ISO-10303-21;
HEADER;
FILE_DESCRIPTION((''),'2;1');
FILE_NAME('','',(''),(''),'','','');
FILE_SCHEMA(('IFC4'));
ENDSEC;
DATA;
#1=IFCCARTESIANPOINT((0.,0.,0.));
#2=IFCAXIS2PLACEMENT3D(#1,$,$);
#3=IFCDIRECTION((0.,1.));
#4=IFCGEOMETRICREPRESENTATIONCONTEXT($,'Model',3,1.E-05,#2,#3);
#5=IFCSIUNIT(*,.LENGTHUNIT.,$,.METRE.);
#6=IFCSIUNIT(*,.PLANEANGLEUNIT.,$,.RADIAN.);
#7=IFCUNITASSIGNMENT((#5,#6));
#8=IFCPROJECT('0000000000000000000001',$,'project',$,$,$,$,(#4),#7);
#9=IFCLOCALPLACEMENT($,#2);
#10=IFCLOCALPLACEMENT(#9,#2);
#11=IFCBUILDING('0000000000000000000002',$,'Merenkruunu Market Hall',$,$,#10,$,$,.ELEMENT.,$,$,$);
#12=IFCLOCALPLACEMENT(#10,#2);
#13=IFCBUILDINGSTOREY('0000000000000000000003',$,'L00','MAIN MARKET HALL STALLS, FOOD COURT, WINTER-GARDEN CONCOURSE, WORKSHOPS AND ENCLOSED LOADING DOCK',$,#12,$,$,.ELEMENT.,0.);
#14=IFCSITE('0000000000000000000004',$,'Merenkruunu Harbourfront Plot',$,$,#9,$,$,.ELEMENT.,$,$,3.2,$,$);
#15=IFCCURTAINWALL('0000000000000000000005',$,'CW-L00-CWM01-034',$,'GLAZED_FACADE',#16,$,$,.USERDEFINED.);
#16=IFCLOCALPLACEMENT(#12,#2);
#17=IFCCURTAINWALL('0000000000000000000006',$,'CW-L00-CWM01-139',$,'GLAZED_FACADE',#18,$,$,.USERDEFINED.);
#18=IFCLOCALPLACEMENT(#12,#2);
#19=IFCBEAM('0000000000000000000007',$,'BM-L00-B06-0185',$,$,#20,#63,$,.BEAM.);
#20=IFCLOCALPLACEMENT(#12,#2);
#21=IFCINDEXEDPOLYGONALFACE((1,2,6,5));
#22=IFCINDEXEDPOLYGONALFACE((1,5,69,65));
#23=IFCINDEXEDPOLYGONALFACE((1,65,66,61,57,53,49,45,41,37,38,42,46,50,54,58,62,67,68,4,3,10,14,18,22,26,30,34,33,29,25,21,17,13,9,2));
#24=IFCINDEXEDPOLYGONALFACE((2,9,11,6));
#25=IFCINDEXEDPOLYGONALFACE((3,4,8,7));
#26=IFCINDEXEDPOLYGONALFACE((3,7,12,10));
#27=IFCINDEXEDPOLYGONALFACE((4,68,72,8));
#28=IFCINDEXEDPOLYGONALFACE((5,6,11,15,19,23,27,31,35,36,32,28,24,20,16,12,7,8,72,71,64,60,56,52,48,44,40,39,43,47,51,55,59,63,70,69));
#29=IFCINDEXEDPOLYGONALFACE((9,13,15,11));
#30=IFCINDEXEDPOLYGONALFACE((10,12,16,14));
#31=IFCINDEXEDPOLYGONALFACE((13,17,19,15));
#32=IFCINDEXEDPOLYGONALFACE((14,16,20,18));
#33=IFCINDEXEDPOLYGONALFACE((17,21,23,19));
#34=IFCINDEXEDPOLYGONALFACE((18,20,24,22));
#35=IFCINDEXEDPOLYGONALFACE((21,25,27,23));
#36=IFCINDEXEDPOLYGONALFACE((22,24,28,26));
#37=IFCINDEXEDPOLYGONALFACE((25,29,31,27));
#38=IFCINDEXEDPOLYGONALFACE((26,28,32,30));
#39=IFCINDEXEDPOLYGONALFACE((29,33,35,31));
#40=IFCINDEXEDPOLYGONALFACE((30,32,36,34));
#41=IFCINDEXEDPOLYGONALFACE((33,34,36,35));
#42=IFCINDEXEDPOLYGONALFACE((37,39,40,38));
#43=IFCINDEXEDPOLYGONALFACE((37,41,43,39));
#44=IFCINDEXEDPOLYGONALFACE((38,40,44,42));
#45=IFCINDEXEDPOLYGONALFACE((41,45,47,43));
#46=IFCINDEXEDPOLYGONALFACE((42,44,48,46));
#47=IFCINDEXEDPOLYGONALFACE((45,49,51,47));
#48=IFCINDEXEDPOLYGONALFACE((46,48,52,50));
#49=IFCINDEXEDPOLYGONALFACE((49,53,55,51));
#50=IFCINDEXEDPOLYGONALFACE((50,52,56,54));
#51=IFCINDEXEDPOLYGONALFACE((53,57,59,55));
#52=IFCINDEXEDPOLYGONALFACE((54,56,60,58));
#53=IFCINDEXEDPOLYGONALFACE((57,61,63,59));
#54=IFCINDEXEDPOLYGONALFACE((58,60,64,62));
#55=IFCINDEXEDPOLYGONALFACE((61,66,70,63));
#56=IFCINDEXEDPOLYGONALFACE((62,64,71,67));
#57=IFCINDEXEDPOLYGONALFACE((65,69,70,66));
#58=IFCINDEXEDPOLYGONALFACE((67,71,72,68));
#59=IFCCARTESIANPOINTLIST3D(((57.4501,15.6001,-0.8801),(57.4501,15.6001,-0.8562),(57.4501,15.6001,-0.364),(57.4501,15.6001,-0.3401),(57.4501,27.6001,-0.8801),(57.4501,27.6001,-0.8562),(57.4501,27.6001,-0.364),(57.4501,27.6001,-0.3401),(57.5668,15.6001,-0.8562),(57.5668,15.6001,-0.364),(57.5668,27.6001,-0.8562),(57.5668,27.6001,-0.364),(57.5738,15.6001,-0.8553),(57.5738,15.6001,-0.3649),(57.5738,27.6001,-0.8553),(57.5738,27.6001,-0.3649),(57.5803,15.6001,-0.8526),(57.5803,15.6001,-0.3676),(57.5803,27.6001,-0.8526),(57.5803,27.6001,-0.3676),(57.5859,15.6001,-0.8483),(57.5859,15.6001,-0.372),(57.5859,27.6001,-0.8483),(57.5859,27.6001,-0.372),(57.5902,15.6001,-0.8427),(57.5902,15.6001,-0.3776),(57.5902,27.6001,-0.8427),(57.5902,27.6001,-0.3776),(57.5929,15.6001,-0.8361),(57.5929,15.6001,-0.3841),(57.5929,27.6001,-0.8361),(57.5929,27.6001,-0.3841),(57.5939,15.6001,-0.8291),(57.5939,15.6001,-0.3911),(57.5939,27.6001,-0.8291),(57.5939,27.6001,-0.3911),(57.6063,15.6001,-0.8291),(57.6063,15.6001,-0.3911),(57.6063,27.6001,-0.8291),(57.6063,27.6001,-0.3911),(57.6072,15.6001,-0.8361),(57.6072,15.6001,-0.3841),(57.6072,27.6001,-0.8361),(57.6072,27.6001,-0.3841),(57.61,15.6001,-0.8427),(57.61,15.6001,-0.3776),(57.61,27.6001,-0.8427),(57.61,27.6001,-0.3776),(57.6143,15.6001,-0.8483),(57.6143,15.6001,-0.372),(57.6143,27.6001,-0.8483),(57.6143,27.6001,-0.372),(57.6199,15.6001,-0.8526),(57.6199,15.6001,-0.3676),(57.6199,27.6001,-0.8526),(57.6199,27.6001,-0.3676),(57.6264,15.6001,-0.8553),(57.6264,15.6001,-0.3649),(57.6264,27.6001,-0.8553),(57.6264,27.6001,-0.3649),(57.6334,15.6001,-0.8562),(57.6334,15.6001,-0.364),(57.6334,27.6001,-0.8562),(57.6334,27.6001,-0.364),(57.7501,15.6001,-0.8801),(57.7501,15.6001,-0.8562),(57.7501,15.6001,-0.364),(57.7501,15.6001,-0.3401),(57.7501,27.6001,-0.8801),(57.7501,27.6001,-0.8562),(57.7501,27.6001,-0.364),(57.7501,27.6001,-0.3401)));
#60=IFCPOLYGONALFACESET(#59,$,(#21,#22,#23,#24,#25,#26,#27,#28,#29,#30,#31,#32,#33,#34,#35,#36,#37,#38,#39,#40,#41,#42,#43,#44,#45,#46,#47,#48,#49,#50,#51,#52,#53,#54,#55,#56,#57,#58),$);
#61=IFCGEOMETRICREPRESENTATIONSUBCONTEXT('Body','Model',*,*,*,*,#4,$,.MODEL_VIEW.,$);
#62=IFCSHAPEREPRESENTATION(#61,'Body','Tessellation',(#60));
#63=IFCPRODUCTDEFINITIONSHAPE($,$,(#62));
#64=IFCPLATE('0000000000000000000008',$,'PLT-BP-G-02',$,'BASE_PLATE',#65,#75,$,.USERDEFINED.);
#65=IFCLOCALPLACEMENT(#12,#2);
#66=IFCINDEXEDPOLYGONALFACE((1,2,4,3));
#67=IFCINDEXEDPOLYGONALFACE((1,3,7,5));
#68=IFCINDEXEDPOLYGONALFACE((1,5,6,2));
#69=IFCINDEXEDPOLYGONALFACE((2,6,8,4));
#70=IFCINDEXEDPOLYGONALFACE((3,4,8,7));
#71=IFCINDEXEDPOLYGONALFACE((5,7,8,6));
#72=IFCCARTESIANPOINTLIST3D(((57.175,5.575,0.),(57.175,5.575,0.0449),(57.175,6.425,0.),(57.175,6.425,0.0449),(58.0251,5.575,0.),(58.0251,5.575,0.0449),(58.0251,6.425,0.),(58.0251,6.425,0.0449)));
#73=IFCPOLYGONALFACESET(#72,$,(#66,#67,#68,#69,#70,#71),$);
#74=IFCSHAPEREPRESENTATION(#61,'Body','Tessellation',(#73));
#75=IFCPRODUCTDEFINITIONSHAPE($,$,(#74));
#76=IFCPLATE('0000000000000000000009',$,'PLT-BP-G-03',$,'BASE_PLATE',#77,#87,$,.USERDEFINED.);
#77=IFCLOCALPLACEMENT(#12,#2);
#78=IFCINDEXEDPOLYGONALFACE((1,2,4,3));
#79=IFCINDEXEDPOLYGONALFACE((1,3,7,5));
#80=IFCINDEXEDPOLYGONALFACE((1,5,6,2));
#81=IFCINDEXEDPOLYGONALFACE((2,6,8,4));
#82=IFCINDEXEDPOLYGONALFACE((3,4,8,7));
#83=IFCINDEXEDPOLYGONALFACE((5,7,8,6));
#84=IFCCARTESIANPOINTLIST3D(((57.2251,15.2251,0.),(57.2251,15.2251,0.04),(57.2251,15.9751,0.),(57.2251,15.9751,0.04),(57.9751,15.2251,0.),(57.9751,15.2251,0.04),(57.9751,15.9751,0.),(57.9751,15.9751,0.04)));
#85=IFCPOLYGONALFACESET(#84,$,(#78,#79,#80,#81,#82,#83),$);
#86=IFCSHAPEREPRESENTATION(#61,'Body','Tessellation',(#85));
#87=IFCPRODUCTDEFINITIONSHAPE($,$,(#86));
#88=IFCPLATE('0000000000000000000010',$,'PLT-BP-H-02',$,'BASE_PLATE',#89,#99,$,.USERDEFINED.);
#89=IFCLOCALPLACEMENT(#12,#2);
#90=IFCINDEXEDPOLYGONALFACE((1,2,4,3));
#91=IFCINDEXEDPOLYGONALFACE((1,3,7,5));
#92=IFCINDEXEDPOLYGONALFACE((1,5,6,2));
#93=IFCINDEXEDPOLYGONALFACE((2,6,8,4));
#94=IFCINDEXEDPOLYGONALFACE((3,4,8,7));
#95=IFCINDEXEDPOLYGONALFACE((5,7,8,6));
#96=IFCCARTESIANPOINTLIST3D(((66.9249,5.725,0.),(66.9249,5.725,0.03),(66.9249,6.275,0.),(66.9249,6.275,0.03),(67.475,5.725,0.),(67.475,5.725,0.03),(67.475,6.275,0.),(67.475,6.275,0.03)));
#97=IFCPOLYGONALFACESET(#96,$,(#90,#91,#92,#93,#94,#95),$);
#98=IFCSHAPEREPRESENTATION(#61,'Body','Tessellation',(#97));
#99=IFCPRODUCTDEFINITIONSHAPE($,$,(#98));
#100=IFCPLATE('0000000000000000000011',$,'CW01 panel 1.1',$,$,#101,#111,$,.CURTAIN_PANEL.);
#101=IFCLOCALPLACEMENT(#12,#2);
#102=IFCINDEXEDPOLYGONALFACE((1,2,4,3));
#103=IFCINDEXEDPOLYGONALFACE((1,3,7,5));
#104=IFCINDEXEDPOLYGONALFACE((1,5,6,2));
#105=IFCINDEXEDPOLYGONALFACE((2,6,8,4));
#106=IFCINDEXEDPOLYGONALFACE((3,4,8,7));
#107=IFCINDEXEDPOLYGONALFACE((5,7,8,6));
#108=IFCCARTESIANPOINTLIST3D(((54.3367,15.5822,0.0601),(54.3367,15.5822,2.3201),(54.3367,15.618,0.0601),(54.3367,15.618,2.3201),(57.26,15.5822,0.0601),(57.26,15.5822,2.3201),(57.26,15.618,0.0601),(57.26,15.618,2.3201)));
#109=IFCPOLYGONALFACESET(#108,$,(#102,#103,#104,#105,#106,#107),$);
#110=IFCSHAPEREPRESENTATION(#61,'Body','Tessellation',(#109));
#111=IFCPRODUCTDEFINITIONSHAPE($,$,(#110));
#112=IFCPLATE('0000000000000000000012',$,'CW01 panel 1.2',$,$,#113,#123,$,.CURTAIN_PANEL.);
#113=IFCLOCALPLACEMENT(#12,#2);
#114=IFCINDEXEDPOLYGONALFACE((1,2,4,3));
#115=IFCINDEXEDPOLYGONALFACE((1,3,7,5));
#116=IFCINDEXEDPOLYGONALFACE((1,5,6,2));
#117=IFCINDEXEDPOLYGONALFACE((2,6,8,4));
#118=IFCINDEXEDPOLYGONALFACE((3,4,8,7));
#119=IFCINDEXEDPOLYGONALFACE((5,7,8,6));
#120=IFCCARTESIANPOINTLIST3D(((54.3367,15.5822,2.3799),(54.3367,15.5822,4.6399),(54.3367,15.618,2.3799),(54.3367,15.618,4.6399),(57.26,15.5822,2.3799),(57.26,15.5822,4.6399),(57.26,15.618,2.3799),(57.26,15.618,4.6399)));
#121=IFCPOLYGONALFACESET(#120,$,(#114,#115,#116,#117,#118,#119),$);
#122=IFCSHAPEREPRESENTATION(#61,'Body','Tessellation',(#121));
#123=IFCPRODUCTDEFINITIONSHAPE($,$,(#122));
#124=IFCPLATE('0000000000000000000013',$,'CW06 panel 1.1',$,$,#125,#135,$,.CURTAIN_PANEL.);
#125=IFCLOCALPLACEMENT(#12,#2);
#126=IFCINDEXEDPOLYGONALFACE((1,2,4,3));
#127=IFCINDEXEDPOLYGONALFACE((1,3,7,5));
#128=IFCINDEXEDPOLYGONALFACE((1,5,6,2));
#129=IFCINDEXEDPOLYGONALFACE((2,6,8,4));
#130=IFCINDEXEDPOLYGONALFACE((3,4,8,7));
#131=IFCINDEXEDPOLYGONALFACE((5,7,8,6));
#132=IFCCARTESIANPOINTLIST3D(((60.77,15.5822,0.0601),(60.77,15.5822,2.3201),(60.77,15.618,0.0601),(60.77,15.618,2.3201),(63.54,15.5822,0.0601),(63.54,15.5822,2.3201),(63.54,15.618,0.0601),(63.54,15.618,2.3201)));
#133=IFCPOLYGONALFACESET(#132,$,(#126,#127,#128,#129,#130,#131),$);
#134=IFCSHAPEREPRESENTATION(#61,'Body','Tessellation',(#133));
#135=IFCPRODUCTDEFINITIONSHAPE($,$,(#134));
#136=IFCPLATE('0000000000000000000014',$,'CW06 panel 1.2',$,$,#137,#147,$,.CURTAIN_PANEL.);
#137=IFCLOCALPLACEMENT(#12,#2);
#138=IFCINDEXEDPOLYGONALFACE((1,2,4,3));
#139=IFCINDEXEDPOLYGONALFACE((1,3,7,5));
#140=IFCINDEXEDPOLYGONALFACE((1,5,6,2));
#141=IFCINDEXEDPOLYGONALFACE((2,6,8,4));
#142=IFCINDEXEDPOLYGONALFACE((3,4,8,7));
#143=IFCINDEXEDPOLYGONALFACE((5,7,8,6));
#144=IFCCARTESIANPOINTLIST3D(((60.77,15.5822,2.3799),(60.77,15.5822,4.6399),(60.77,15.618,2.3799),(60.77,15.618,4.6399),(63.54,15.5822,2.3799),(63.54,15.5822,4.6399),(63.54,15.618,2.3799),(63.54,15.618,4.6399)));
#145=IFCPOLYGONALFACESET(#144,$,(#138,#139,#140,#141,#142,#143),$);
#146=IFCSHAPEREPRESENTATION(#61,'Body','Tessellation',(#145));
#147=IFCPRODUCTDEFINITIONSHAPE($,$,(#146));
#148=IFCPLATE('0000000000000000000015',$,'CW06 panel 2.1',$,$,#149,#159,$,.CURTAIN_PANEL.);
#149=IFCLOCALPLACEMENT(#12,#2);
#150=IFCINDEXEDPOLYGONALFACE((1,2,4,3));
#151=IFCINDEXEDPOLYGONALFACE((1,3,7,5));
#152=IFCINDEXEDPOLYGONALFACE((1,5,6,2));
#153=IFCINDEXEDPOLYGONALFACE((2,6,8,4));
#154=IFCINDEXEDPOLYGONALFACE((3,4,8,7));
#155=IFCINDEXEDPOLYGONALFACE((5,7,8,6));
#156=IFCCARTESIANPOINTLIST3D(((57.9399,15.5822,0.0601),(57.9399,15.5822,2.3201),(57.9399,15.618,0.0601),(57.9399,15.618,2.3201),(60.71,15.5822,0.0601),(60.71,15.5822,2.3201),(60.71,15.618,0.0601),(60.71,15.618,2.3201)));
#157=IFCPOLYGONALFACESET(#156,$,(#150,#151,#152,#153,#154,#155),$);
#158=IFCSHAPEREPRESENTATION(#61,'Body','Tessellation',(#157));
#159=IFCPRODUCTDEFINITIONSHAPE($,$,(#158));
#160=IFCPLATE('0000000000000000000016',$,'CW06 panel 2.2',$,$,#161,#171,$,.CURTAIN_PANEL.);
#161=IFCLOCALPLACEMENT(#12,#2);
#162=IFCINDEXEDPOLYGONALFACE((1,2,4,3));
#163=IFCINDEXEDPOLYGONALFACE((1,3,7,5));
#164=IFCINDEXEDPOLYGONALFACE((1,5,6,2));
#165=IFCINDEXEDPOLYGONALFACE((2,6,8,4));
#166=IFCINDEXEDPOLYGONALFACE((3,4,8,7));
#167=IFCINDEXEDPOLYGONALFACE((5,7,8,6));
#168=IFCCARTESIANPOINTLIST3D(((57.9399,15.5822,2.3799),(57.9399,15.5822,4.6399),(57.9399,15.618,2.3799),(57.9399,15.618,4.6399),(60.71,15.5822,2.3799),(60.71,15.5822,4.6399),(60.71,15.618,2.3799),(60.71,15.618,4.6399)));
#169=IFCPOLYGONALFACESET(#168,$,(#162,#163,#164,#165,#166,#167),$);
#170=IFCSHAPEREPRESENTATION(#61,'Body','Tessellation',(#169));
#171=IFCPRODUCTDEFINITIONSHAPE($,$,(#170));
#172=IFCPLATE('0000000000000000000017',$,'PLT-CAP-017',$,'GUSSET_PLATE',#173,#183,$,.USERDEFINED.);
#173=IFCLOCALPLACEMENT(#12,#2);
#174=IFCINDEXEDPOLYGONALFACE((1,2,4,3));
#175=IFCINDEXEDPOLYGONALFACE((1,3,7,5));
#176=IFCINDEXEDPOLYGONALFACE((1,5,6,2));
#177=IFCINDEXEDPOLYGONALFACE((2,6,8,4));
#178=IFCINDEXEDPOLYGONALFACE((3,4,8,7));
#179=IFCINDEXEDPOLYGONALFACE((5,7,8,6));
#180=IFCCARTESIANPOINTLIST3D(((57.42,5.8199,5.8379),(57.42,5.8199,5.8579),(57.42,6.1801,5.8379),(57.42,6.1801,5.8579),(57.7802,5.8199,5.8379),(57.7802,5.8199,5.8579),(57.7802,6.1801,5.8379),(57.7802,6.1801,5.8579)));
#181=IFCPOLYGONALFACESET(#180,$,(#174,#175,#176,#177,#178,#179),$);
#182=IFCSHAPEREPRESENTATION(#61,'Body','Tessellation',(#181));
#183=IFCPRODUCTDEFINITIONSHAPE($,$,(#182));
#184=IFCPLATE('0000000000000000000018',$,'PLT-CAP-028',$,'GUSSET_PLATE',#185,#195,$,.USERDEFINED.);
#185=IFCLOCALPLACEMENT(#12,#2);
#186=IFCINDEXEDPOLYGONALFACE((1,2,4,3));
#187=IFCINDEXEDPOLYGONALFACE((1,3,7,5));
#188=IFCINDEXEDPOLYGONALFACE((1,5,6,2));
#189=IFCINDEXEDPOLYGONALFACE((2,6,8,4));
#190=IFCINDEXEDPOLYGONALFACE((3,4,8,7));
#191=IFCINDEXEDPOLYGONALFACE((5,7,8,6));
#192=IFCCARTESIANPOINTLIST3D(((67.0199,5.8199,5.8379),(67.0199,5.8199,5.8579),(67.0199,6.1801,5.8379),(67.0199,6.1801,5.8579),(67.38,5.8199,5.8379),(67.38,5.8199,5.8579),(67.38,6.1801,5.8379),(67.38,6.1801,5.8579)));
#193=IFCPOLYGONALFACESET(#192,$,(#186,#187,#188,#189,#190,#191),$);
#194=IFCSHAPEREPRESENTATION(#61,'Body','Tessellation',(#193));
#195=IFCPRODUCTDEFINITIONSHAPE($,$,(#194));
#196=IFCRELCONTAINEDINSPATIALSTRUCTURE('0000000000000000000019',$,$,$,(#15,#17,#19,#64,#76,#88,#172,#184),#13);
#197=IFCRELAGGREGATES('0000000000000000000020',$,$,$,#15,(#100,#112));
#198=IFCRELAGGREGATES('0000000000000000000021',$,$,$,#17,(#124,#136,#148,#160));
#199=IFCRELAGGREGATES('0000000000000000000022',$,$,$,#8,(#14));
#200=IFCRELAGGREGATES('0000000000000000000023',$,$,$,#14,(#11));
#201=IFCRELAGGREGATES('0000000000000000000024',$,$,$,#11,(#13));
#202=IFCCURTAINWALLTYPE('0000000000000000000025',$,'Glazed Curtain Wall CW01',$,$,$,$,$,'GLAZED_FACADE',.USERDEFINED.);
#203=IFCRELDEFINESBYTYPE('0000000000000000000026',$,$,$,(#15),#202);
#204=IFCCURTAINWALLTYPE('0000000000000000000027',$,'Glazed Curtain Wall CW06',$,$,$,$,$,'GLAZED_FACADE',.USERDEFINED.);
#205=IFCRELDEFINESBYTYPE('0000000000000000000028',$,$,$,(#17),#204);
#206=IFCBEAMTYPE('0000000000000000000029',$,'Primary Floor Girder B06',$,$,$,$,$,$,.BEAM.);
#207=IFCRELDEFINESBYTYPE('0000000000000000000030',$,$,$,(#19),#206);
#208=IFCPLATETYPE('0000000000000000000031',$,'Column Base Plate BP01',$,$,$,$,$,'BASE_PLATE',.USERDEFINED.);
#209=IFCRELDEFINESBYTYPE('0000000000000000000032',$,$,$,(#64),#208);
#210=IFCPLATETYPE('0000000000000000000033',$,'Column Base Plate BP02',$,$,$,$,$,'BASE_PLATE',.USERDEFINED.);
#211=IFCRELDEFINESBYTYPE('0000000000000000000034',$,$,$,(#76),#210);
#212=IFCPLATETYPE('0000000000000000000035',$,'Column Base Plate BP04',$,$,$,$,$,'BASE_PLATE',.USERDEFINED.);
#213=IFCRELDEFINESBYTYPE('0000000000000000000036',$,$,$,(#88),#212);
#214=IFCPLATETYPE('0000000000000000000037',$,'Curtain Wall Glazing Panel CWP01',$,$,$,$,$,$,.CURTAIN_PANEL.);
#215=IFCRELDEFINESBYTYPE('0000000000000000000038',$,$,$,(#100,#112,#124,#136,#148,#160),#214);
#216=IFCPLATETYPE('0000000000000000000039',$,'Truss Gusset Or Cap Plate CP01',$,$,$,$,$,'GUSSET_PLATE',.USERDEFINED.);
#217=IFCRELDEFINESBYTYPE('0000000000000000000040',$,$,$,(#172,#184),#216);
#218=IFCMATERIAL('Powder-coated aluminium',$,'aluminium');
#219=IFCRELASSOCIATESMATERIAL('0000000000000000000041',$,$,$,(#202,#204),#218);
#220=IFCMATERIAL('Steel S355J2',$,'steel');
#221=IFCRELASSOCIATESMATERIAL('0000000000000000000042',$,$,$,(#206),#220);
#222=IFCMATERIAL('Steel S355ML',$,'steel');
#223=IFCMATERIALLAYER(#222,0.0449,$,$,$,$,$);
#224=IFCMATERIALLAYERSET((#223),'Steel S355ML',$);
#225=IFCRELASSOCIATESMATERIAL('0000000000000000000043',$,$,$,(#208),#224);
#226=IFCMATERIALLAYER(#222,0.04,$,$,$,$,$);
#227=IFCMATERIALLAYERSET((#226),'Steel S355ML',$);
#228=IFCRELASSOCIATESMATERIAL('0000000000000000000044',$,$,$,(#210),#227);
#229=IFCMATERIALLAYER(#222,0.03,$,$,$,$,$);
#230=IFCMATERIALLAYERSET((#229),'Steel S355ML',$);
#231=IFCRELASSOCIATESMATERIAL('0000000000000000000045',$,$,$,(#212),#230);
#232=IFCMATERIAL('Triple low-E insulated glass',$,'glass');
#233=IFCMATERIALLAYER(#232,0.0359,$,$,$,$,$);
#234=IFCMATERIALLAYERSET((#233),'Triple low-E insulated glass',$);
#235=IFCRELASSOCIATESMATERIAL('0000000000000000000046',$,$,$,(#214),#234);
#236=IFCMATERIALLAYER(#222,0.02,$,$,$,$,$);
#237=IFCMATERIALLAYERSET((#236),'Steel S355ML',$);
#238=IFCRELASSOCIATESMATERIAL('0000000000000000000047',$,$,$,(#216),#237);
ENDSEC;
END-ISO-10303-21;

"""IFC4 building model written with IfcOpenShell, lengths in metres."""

from ifc_helpers import new_model, si_unit, direction, frame, origin, origin_2d, place, context, subcontext, project, spatial, rectangle, i_section, extrude, material, layer, layer_set, material_profile, profile_set, type_object, element, aggregate, save


model = new_model("IFC4")

# Units and contexts
model_context = context("Model", 3, precision=1e-05, world=origin(), true_north=direction((0.0, 1.0)))
body_context = subcontext(model_context, "Body", "Model", "MODEL_VIEW")
ifc_project = project(units=[si_unit("LENGTHUNIT", "METRE"), si_unit("PLANEANGLEUNIT", "RADIAN")], contexts=[model_context])

# Site, building, storey
site_placement = place(None, origin())
site = spatial("IfcSite", under=ifc_project, at=site_placement, Name="Merenkruunu Harbourfront Plot", CompositionType="ELEMENT", RefElevation=3.2)
building_placement = place(site_placement, origin())
building = spatial("IfcBuilding", under=site, at=building_placement, Name="Merenkruunu Market Hall", CompositionType="ELEMENT")
storey_placement = place(building_placement, origin())
storey = spatial("IfcBuildingStorey", under=building, at=storey_placement, Name="L00", Description="MAIN MARKET HALL STALLS, FOOD COURT, WINTER-GARDEN CONCOURSE, WORKSHOPS AND ENCLOSED LOADING DOCK", CompositionType="ELEMENT", Elevation=0.0)

# Shared definitions
ifc_material_1 = material(Name="Steel S355ML", Category="steel")

# Curtain walls
ifc_material_2 = material(Name="Powder-coated aluminium", Category="aluminium")
curtain_wall_type_1 = type_object("IfcCurtainWallType", Name="Glazed Curtain Wall CW01", ElementType="GLAZED_FACADE", PredefinedType="USERDEFINED", material=ifc_material_2)
curtain_wall_1_placement = place(storey_placement, origin())
curtain_wall_1 = element("IfcCurtainWall", 1, at=curtain_wall_1_placement, inside=storey, type_object=curtain_wall_type_1, Name="CW-L00-CWM01-034", ObjectType="GLAZED_FACADE", PredefinedType="USERDEFINED")
curtain_wall_type_2 = type_object("IfcCurtainWallType", Name="Glazed Curtain Wall CW06", ElementType="GLAZED_FACADE", PredefinedType="USERDEFINED", material=ifc_material_2)
curtain_wall_2_placement = place(storey_placement, origin())
curtain_wall_2 = element("IfcCurtainWall", 2, at=curtain_wall_2_placement, inside=storey, type_object=curtain_wall_type_2, Name="CW-L00-CWM01-139", ObjectType="GLAZED_FACADE", PredefinedType="USERDEFINED")

# Beam
ifc_material_3 = material(Name="Steel S355J2", Category="steel")
ifc_material_profile_1 = material_profile(ifc_material_3, i_section(OverallWidth=0.3, OverallDepth=0.54, WebThickness=0.0125, FlangeThickness=0.0239, FilletRadius=0.0271, at=origin_2d()), Name="HEA 550")
ifc_profile_set_1 = profile_set([ifc_material_profile_1], Name="Steel S355J2")
beam_type_1 = type_object("IfcBeamType", Name="Primary Floor Girder B06", PredefinedType="BEAM", material=ifc_profile_set_1)
beam_1_placement = place(storey_placement, frame((57.6001, 15.6001, -0.6101), z_axis=(0.0, 1.0, 0.0), x_axis=(-1.0, 0.0, 0.0)))
element("IfcBeam", 3, at=beam_1_placement, inside=storey, type_object=beam_type_1, Name="BM-L00-B06-0185", PredefinedType="BEAM", context=body_context, shape_type="SweptSolid", body=[
    extrude(i_section(OverallWidth=0.3, OverallDepth=0.54, WebThickness=0.0125, FlangeThickness=0.0239, FilletRadius=0.0271, at=origin_2d()), origin(), (0.0, 0.0, 1.0), 12.0),
])

# Plates
ifc_layer_1 = layer(ifc_material_1, 0.0449)
ifc_layer_set_1 = layer_set([ifc_layer_1], Name="Steel S355ML")
plate_type_1 = type_object("IfcPlateType", Name="Column Base Plate BP01", ElementType="BASE_PLATE", PredefinedType="USERDEFINED", material=ifc_layer_set_1)
plate_1_placement = place(storey_placement, frame((57.6001, 6.0, 0.0), z_axis=(0.0, 0.0, 1.0), x_axis=(1.0, 0.0, 0.0)))
element("IfcPlate", 4, at=plate_1_placement, inside=storey, type_object=plate_type_1, Name="PLT-BP-G-02", ObjectType="BASE_PLATE", PredefinedType="USERDEFINED", context=body_context, shape_type="SweptSolid", body=[
    extrude(rectangle(XDim=0.8501, YDim=0.8501, at=origin_2d()), origin(), (0.0, 0.0, 1.0), 0.0449),
])
ifc_layer_2 = layer(ifc_material_1, 0.04)
ifc_layer_set_2 = layer_set([ifc_layer_2], Name="Steel S355ML")
plate_type_2 = type_object("IfcPlateType", Name="Column Base Plate BP02", ElementType="BASE_PLATE", PredefinedType="USERDEFINED", material=ifc_layer_set_2)
plate_2_placement = place(storey_placement, frame((57.6001, 15.6001, 0.0), z_axis=(0.0, 0.0, 1.0), x_axis=(1.0, 0.0, 0.0)))
element("IfcPlate", 5, at=plate_2_placement, inside=storey, type_object=plate_type_2, Name="PLT-BP-G-03", ObjectType="BASE_PLATE", PredefinedType="USERDEFINED", context=body_context, shape_type="SweptSolid", body=[
    extrude(rectangle(XDim=0.75, YDim=0.75, at=origin_2d()), origin(), (0.0, 0.0, 1.0), 0.04),
])
ifc_layer_3 = layer(ifc_material_1, 0.03)
ifc_layer_set_3 = layer_set([ifc_layer_3], Name="Steel S355ML")
plate_type_3 = type_object("IfcPlateType", Name="Column Base Plate BP04", ElementType="BASE_PLATE", PredefinedType="USERDEFINED", material=ifc_layer_set_3)
plate_3_placement = place(storey_placement, frame((67.2, 6.0, 0.0), z_axis=(0.0, 0.0, 1.0), x_axis=(1.0, 0.0, 0.0)))
element("IfcPlate", 6, at=plate_3_placement, inside=storey, type_object=plate_type_3, Name="PLT-BP-H-02", ObjectType="BASE_PLATE", PredefinedType="USERDEFINED", context=body_context, shape_type="SweptSolid", body=[
    extrude(rectangle(XDim=0.55, YDim=0.55, at=origin_2d()), origin(), (0.0, 0.0, 1.0), 0.03),
])

# Plates
ifc_material_4 = material(Name="Triple low-E insulated glass", Category="glass")
ifc_layer_4 = layer(ifc_material_4, 0.0359)
ifc_layer_set_4 = layer_set([ifc_layer_4], Name="Triple low-E insulated glass")
plate_type_4 = type_object("IfcPlateType", Name="Curtain Wall Glazing Panel CWP01", PredefinedType="CURTAIN_PANEL", material=ifc_layer_set_4)
plate_4_placement = place(storey_placement, frame((55.7983, 15.6001, 0.0601), z_axis=(0.0, 0.0, 1.0), x_axis=(-1.0, 0.0, 0.0)))
plate_4 = element("IfcPlate", 7, at=plate_4_placement, type_object=plate_type_4, Name="CW01 panel 1.1", PredefinedType="CURTAIN_PANEL", context=body_context, shape_type="SweptSolid", body=[
    extrude(rectangle(XDim=2.9233, YDim=0.0359, at=origin_2d()), origin(), (0.0, 0.0, 1.0), 2.26),
])
plate_5_placement = place(storey_placement, frame((55.7983, 15.6001, 2.3799), z_axis=(0.0, 0.0, 1.0), x_axis=(-1.0, 0.0, 0.0)))
plate_5 = element("IfcPlate", 8, at=plate_5_placement, type_object=plate_type_4, Name="CW01 panel 1.2", PredefinedType="CURTAIN_PANEL", context=body_context, shape_type="SweptSolid", body=[
    extrude(rectangle(XDim=2.9233, YDim=0.0359, at=origin_2d()), origin(), (0.0, 0.0, 1.0), 2.26),
])
aggregate(curtain_wall_1, [plate_4, plate_5])
plate_6_placement = place(storey_placement, frame((62.155, 15.6001, 0.0601), z_axis=(0.0, 0.0, 1.0), x_axis=(-1.0, 0.0, 0.0)))
plate_6 = element("IfcPlate", 9, at=plate_6_placement, type_object=plate_type_4, Name="CW06 panel 1.1", PredefinedType="CURTAIN_PANEL", context=body_context, shape_type="SweptSolid", body=[
    extrude(rectangle(XDim=2.77, YDim=0.0359, at=origin_2d()), origin(), (0.0, 0.0, 1.0), 2.26),
])
plate_7_placement = place(storey_placement, frame((62.155, 15.6001, 2.3799), z_axis=(0.0, 0.0, 1.0), x_axis=(-1.0, 0.0, 0.0)))
plate_7 = element("IfcPlate", 10, at=plate_7_placement, type_object=plate_type_4, Name="CW06 panel 1.2", PredefinedType="CURTAIN_PANEL", context=body_context, shape_type="SweptSolid", body=[
    extrude(rectangle(XDim=2.77, YDim=0.0359, at=origin_2d()), origin(), (0.0, 0.0, 1.0), 2.26),
])
plate_8_placement = place(storey_placement, frame((59.325, 15.6001, 0.0601), z_axis=(0.0, 0.0, 1.0), x_axis=(-1.0, 0.0, 0.0)))
plate_8 = element("IfcPlate", 11, at=plate_8_placement, type_object=plate_type_4, Name="CW06 panel 2.1", PredefinedType="CURTAIN_PANEL", context=body_context, shape_type="SweptSolid", body=[
    extrude(rectangle(XDim=2.77, YDim=0.0359, at=origin_2d()), origin(), (0.0, 0.0, 1.0), 2.26),
])
plate_9_placement = place(storey_placement, frame((59.325, 15.6001, 2.3799), z_axis=(0.0, 0.0, 1.0), x_axis=(-1.0, 0.0, 0.0)))
plate_9 = element("IfcPlate", 12, at=plate_9_placement, type_object=plate_type_4, Name="CW06 panel 2.2", PredefinedType="CURTAIN_PANEL", context=body_context, shape_type="SweptSolid", body=[
    extrude(rectangle(XDim=2.77, YDim=0.0359, at=origin_2d()), origin(), (0.0, 0.0, 1.0), 2.26),
])
aggregate(curtain_wall_2, [plate_6, plate_7, plate_8, plate_9])

# Plates
ifc_layer_5 = layer(ifc_material_1, 0.02)
ifc_layer_set_5 = layer_set([ifc_layer_5], Name="Steel S355ML")
plate_type_5 = type_object("IfcPlateType", Name="Truss Gusset Or Cap Plate CP01", ElementType="GUSSET_PLATE", PredefinedType="USERDEFINED", material=ifc_layer_set_5)
for number, where, z_axis, x_axis, name in (
    (13, (57.6001, 6.0, 5.8379), (0.0, 0.0, 1.0), (1.0, 0.0, 0.0), "PLT-CAP-017"),
    (14, (67.2, 6.0, 5.8379), (0.0, 0.0, 1.0), (1.0, 0.0, 0.0), "PLT-CAP-028"),
):
    element("IfcPlate", number, at=place(storey_placement, frame(where, z_axis=z_axis, x_axis=x_axis)), inside=storey, type_object=plate_type_5, Name=name, ObjectType="GUSSET_PLATE", PredefinedType="USERDEFINED", context=body_context, shape_type="SweptSolid", body=[
        extrude(rectangle(XDim=0.3601, YDim=0.3601, at=origin_2d()), origin(), (0.0, 0.0, 1.0), 0.02),
    ])

save(model, "model.ifc")
